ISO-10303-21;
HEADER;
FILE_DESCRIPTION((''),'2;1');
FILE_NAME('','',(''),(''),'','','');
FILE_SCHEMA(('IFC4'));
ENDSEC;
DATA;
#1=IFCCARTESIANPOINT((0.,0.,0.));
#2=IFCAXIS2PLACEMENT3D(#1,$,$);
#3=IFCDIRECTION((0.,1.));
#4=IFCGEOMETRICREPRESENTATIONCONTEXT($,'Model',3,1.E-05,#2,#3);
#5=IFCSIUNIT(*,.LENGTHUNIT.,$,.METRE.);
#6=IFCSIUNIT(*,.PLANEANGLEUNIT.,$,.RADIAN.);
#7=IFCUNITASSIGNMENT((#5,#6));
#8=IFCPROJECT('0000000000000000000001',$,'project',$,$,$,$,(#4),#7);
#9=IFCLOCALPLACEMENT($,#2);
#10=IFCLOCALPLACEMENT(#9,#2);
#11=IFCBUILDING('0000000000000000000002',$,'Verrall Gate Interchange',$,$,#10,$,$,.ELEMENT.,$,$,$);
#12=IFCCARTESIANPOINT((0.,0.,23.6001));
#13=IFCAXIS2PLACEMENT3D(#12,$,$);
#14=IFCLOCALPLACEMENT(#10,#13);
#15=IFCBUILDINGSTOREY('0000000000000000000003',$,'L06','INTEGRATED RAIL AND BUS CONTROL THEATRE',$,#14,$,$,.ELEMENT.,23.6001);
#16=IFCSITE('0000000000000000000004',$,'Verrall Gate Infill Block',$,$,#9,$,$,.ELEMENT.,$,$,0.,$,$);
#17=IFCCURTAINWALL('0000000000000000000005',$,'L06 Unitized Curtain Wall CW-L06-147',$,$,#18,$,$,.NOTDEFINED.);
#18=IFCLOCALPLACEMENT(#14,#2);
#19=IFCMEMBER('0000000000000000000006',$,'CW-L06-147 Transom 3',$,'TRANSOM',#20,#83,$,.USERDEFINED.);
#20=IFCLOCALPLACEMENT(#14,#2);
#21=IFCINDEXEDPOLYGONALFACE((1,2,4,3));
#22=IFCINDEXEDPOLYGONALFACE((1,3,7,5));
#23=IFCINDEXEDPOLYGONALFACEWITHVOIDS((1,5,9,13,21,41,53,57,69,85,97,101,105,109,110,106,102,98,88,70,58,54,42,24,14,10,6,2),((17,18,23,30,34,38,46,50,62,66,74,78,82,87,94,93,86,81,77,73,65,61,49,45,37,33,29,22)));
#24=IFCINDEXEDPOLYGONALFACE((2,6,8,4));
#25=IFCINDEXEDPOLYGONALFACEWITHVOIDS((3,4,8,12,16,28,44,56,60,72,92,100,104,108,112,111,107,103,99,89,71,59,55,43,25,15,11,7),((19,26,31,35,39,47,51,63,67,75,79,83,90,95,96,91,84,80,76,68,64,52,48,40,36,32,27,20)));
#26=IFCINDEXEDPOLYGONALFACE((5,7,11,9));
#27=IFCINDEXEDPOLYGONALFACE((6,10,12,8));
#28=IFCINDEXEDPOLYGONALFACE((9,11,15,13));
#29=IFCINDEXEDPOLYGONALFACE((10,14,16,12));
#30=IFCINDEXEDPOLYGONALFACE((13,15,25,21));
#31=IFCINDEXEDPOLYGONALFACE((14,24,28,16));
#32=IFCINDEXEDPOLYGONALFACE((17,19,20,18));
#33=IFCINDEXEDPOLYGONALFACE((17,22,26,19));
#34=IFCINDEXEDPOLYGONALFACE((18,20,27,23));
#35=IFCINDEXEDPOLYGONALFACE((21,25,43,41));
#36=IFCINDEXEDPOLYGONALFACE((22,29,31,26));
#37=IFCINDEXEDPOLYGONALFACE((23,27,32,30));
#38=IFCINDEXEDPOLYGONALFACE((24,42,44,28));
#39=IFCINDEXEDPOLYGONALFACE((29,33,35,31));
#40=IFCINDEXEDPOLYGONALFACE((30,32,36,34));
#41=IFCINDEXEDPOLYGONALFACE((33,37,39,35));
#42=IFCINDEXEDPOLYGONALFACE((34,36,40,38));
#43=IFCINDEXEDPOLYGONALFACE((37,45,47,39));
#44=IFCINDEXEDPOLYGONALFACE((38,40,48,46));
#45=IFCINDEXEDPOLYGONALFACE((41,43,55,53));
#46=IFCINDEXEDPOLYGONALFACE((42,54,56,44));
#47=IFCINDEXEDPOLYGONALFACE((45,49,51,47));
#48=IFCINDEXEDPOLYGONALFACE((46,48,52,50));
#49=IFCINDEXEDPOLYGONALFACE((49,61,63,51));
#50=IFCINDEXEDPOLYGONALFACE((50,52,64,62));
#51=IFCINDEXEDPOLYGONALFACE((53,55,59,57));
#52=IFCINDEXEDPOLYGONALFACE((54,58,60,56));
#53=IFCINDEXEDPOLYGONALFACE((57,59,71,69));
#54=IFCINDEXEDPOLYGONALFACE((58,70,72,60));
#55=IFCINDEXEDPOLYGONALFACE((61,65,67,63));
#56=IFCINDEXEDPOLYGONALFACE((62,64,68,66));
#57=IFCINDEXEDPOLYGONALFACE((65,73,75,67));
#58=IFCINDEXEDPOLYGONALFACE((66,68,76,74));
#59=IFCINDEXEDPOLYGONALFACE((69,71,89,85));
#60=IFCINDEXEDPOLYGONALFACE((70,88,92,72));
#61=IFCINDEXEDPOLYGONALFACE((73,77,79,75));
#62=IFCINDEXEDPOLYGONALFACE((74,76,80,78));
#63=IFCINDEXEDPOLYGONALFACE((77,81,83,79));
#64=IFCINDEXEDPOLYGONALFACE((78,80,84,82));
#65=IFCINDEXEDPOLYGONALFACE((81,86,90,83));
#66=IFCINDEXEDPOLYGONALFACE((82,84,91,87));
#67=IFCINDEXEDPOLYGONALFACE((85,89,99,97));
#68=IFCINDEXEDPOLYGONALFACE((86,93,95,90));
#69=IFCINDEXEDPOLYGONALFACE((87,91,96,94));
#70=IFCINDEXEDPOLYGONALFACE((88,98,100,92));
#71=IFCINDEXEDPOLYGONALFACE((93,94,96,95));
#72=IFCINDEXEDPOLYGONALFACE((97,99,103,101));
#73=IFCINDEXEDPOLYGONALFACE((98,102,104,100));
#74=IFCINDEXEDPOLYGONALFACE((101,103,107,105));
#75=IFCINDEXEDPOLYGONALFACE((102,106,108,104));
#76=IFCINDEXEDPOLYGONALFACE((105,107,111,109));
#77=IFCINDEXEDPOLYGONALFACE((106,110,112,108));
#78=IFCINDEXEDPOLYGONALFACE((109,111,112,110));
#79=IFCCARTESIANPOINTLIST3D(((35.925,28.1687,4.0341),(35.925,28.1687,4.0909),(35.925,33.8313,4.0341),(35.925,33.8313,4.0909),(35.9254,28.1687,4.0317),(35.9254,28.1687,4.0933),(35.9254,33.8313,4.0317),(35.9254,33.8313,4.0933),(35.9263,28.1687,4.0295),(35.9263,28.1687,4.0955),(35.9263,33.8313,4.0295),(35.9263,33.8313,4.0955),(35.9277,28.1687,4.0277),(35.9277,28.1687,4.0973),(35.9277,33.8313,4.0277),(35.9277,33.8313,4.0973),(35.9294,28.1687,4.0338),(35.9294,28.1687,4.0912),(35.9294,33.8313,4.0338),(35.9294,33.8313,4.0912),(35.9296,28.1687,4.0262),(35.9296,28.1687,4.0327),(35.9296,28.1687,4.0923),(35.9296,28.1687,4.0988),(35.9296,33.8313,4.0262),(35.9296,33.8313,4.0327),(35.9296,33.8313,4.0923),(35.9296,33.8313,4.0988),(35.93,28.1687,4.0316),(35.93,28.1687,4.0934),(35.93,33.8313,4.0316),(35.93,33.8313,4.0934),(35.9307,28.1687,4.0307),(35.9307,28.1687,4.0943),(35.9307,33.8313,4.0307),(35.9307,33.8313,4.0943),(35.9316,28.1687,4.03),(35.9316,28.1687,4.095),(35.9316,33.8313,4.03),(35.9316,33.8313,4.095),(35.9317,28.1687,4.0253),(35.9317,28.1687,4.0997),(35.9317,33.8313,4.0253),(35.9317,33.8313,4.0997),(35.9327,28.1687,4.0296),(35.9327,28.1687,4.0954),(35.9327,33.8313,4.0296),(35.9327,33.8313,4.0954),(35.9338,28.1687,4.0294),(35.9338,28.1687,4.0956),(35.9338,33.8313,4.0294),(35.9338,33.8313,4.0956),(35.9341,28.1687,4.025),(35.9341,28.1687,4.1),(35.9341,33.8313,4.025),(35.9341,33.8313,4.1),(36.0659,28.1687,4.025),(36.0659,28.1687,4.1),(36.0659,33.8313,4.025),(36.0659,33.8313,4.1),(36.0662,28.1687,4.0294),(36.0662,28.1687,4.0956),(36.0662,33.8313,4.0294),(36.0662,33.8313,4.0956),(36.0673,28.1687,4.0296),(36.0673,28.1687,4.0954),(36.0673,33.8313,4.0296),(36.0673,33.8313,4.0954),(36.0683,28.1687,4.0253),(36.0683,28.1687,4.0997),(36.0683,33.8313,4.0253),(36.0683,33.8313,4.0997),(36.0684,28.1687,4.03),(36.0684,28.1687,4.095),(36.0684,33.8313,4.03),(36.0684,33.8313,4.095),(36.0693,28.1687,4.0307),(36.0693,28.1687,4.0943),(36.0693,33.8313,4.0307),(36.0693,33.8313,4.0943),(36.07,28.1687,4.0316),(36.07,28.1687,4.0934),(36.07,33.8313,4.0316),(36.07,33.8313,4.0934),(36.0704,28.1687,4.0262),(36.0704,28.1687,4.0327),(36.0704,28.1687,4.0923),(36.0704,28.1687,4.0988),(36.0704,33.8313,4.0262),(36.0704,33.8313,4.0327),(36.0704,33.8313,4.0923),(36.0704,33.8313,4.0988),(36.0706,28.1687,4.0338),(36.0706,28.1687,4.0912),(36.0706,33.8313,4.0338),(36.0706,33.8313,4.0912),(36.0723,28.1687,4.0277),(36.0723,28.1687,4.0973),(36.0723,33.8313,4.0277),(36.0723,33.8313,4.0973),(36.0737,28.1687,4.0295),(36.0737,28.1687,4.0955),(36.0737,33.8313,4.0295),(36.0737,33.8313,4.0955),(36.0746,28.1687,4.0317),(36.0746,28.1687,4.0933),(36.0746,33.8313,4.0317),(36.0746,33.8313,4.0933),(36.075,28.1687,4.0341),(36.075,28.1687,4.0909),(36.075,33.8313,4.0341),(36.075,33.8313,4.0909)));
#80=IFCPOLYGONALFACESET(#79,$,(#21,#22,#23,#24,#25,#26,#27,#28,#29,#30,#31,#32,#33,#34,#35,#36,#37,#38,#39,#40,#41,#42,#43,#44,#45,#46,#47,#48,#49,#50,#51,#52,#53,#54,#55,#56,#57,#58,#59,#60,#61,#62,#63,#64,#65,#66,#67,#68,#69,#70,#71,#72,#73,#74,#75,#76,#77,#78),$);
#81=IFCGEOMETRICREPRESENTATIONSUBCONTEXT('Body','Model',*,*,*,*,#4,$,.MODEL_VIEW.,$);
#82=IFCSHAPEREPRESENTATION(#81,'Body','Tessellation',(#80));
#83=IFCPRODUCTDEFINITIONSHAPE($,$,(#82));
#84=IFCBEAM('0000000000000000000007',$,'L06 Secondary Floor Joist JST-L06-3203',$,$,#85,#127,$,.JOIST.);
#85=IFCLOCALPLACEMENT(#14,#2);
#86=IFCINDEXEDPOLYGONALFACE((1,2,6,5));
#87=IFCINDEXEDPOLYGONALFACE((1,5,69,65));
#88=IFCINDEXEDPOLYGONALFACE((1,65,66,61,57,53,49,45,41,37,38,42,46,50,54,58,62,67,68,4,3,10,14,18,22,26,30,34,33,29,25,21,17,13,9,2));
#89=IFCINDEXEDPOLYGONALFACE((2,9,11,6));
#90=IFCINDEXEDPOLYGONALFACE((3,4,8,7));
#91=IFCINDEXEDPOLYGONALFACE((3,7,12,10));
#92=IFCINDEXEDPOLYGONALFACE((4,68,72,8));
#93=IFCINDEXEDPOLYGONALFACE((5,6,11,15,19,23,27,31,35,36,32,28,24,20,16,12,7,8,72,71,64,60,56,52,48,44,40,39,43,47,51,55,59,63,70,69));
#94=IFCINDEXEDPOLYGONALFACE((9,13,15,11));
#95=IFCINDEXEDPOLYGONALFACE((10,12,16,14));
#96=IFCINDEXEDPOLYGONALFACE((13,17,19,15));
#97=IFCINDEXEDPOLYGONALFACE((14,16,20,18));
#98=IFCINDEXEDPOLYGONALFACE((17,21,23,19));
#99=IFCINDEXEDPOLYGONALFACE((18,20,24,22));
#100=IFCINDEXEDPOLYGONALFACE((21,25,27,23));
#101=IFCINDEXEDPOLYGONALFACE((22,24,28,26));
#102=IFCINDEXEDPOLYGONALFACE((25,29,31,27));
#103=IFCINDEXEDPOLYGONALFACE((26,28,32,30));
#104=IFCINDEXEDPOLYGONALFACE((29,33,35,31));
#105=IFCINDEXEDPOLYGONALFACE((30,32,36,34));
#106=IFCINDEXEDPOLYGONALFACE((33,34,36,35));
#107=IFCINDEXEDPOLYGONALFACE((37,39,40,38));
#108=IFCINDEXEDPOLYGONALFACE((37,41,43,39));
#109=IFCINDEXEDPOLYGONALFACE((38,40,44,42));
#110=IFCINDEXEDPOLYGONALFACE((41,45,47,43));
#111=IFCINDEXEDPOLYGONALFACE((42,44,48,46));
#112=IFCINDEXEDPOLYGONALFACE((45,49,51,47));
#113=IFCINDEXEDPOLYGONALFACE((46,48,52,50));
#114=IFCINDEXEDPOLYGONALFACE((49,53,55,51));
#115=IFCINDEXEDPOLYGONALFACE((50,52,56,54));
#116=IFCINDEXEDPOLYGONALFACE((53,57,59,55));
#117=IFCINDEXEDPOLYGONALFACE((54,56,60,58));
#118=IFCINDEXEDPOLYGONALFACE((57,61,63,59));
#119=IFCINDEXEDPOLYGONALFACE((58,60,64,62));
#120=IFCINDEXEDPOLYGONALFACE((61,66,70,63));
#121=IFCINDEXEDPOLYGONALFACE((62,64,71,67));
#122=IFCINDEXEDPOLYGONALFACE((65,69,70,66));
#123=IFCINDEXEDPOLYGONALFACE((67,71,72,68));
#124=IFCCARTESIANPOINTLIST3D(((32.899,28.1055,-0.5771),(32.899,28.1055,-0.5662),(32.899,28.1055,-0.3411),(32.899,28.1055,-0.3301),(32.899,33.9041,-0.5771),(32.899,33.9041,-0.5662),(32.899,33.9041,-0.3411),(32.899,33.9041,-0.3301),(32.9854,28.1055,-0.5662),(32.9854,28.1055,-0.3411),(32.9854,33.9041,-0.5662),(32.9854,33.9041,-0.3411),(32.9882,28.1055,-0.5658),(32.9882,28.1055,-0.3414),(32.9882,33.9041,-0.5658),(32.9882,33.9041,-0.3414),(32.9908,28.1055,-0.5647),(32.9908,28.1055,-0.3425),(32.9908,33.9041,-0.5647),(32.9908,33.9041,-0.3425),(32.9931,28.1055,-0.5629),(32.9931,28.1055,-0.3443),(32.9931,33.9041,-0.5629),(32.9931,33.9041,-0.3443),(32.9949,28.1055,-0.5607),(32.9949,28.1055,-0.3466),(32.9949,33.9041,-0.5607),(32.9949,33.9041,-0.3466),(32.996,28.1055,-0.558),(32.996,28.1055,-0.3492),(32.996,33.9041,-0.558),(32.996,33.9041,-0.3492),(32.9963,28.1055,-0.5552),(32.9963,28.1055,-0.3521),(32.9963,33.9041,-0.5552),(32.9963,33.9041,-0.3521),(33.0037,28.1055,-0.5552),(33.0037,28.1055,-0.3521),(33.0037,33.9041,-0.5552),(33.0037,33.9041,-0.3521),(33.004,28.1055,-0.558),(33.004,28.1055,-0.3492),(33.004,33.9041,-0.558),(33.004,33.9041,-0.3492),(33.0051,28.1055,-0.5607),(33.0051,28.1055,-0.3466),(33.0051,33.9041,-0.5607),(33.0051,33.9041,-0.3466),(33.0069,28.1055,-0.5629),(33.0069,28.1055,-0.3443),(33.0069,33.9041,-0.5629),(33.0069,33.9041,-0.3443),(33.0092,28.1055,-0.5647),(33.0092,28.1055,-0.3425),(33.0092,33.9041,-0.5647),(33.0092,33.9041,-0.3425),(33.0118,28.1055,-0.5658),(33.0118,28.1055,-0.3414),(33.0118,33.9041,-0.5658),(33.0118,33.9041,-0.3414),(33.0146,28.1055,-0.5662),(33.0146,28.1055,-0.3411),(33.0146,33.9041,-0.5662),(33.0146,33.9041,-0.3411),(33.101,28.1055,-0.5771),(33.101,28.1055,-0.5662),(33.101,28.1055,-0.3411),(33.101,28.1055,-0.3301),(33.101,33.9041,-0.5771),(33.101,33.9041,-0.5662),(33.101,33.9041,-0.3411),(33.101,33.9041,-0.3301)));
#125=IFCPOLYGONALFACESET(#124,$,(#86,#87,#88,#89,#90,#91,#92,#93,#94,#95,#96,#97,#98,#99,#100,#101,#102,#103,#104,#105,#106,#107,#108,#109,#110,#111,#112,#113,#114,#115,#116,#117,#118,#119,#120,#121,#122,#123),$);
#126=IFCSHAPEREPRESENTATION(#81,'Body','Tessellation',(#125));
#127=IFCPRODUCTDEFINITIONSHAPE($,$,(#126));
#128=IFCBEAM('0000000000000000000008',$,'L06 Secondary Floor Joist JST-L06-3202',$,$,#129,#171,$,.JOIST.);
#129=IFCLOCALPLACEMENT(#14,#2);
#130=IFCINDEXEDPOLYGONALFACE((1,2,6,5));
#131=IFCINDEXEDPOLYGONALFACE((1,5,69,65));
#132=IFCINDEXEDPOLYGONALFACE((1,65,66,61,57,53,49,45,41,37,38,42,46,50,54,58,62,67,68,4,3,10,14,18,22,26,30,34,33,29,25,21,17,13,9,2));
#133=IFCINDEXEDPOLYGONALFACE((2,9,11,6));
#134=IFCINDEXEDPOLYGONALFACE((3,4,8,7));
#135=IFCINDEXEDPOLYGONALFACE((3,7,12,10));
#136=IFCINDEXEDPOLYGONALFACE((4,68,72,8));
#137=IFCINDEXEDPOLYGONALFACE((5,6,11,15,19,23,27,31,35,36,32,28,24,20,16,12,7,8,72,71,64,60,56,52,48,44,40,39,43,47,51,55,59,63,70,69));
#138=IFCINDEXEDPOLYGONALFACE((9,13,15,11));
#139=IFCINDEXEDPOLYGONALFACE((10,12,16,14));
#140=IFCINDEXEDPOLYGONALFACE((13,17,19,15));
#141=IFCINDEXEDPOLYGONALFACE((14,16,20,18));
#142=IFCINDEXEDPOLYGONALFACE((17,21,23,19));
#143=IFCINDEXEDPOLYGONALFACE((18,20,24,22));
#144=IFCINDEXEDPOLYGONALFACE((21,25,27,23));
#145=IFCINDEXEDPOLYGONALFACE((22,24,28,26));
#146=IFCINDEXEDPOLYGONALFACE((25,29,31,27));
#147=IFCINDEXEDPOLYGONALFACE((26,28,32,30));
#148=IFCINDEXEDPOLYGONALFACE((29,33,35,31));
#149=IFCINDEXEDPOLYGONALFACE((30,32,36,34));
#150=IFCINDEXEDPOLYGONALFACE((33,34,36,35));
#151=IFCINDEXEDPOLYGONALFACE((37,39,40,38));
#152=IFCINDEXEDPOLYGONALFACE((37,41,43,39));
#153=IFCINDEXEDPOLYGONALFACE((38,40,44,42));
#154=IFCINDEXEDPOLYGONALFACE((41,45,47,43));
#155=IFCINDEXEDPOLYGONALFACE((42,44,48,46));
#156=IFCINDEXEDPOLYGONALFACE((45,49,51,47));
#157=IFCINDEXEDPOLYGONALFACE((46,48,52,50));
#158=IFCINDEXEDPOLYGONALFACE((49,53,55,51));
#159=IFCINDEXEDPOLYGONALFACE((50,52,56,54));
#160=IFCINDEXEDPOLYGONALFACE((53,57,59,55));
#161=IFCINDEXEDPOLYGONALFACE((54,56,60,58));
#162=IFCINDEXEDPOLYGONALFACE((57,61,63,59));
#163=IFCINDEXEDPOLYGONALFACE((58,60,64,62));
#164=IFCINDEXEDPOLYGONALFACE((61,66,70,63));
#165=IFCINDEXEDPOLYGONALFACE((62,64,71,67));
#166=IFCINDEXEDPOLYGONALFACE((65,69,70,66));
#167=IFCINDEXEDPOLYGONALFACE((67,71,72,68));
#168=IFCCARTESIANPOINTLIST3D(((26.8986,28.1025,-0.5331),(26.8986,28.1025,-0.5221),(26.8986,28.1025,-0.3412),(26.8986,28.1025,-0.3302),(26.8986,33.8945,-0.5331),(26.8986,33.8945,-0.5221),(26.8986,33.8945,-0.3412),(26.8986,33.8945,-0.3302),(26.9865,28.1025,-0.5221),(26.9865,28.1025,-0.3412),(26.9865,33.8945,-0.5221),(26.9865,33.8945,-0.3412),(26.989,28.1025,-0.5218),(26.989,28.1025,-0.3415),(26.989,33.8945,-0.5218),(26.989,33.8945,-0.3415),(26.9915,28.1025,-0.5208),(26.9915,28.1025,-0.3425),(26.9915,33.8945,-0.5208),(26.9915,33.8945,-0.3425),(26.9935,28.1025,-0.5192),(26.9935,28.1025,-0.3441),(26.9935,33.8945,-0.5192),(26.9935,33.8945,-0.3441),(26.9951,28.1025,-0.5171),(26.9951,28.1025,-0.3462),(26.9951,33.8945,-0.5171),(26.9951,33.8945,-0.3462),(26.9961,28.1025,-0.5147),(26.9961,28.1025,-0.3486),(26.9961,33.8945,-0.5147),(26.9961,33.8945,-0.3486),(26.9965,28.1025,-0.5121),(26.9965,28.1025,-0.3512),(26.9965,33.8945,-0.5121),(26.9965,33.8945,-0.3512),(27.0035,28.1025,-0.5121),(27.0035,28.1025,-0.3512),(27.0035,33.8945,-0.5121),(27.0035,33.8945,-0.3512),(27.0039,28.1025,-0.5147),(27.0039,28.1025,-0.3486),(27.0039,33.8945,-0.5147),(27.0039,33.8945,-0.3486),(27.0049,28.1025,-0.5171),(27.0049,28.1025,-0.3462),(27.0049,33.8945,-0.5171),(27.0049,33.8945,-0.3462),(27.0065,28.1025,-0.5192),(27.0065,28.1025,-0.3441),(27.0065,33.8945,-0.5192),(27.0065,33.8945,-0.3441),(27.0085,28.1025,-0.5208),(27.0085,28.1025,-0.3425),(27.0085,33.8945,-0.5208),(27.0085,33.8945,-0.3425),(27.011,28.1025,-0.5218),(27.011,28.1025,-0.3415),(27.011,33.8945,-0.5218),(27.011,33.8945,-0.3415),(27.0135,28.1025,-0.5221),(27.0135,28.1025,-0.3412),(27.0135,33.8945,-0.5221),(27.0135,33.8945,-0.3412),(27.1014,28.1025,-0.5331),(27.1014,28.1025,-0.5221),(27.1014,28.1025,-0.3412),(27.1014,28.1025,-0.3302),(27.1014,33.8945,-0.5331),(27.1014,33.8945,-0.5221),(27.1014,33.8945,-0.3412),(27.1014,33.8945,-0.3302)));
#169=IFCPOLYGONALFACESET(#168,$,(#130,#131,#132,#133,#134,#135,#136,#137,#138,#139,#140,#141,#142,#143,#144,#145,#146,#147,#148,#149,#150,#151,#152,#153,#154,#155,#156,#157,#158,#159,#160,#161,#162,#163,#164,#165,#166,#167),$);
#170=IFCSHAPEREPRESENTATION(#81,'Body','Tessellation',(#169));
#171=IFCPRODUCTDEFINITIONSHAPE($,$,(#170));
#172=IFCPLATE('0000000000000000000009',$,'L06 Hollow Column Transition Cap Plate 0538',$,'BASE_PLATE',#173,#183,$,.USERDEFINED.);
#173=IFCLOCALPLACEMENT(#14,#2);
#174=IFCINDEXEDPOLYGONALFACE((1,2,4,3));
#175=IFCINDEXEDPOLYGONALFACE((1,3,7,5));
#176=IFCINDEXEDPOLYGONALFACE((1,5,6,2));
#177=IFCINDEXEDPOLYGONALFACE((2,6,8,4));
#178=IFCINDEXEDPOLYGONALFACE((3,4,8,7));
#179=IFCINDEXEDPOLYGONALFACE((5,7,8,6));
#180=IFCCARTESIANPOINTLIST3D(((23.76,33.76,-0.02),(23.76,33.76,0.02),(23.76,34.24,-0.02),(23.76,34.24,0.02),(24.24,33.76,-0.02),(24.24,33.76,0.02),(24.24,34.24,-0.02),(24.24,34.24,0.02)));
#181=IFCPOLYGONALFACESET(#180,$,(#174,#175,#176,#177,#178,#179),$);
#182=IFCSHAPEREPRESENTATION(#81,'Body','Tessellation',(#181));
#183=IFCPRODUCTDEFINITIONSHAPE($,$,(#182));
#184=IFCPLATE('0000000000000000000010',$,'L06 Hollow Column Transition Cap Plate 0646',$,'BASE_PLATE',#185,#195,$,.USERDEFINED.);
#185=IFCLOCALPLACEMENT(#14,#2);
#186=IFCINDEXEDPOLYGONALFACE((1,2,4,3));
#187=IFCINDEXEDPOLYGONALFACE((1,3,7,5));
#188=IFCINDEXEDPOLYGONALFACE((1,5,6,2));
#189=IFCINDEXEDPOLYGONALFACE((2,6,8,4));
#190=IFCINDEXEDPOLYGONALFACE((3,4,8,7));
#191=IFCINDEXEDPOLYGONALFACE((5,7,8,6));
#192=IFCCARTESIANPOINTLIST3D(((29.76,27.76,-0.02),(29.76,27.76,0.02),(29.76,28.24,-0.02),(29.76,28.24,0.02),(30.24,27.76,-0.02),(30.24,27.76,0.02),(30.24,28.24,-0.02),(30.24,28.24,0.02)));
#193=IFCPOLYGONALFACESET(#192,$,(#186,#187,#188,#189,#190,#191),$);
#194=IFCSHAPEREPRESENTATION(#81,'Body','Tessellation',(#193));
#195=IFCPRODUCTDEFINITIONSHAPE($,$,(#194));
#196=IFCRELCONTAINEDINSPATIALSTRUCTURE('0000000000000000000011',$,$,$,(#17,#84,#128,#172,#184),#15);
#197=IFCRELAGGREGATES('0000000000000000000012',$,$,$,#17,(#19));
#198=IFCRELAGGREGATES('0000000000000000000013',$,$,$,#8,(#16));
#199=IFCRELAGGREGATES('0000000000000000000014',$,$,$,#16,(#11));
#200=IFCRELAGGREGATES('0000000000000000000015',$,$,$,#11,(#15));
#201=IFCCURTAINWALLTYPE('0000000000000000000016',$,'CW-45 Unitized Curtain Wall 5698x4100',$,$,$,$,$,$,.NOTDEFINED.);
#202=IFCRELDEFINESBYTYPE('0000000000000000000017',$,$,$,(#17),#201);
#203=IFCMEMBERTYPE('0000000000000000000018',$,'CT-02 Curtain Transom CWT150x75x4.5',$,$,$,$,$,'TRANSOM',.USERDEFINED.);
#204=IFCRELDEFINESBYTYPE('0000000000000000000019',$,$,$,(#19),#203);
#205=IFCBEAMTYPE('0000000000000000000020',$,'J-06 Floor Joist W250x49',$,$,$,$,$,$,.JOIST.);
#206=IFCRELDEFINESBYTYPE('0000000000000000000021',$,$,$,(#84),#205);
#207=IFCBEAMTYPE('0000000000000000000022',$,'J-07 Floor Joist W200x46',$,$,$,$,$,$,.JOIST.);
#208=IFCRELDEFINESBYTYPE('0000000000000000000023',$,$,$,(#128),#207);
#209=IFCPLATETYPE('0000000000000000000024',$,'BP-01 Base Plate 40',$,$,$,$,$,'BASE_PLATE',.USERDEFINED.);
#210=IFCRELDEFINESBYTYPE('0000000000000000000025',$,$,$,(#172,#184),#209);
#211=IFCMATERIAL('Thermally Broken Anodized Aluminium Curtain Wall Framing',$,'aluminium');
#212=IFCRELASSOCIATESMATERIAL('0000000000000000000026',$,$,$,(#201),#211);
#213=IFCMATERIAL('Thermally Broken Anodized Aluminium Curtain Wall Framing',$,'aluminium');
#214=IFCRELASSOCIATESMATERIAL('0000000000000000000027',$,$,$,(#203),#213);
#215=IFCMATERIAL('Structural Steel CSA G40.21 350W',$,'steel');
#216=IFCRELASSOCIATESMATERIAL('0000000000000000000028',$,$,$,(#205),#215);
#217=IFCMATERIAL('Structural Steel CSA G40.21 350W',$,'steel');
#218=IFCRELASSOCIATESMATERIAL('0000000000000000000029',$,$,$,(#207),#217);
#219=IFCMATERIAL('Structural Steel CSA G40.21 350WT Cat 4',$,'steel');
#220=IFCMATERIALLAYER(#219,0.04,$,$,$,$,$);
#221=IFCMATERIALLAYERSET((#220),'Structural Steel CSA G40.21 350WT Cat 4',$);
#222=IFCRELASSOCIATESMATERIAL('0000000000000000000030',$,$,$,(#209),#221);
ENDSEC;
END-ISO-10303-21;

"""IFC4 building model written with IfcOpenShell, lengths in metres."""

from ifc_helpers import new_model, si_unit, direction, frame, origin, origin_2d, place, context, subcontext, project, spatial, rectangle, hollow_rectangle, i_section, extrude, material, layer, layer_set, material_profile, profile_set, type_object, element, aggregate, save


model = new_model("IFC4")

# Units and contexts
model_context = context("Model", 3, precision=1e-05, world=origin(), true_north=direction((0.0, 1.0)))
body_context = subcontext(model_context, "Body", "Model", "MODEL_VIEW")
ifc_project = project(units=[si_unit("LENGTHUNIT", "METRE"), si_unit("PLANEANGLEUNIT", "RADIAN")], contexts=[model_context])

# Site, building, storey
site_placement = place(None, origin())
site = spatial("IfcSite", under=ifc_project, at=site_placement, Name="Verrall Gate Infill Block", CompositionType="ELEMENT", RefElevation=0.0)
building_placement = place(site_placement, origin())
building = spatial("IfcBuilding", under=site, at=building_placement, Name="Verrall Gate Interchange", CompositionType="ELEMENT")
storey_placement = place(building_placement, frame((0.0, 0.0, 23.6001)))
storey = spatial("IfcBuildingStorey", under=building, at=storey_placement, Name="L06", Description="INTEGRATED RAIL AND BUS CONTROL THEATRE", CompositionType="ELEMENT", Elevation=23.6001)

# Curtain wall, member
ifc_material_1 = material(Name="Thermally Broken Anodized Aluminium Curtain Wall Framing", Category="aluminium")
curtain_wall_type = type_object("IfcCurtainWallType", Name="CW-45 Unitized Curtain Wall 5698x4100", PredefinedType="NOTDEFINED", material=ifc_material_1)
curtain_wall_1_placement = place(storey_placement, origin())
curtain_wall_1 = element("IfcCurtainWall", 1, at=curtain_wall_1_placement, inside=storey, type_object=curtain_wall_type, Name="L06 Unitized Curtain Wall CW-L06-147", PredefinedType="NOTDEFINED")
ifc_material_2 = material(Name="Thermally Broken Anodized Aluminium Curtain Wall Framing", Category="aluminium")
ifc_material_profile_1 = material_profile(ifc_material_2, hollow_rectangle(XDim=0.1499, YDim=0.075, WallThickness=0.0044, InnerFilletRadius=0.0044, OuterFilletRadius=0.009, at=origin_2d()), Name="CWT150x75x4.5")
ifc_profile_set_1 = profile_set([ifc_material_profile_1], Name="Thermally Broken Anodized Aluminium Curtain Wall Framing")
member_type_1 = type_object("IfcMemberType", Name="CT-02 Curtain Transom CWT150x75x4.5", ElementType="TRANSOM", PredefinedType="USERDEFINED", material=ifc_profile_set_1)
member_1_placement = place(storey_placement, frame((36.0, 28.1687, 4.0625), z_axis=(0.0, 1.0, 0.0), x_axis=(-1.0, 0.0, 0.0)))
member_1 = element("IfcMember", 2, at=member_1_placement, type_object=member_type_1, Name="CW-L06-147 Transom 3", ObjectType="TRANSOM", PredefinedType="USERDEFINED", context=body_context, shape_type="SweptSolid", body=[
    extrude(hollow_rectangle(XDim=0.1499, YDim=0.075, WallThickness=0.0044, InnerFilletRadius=0.0044, OuterFilletRadius=0.009, at=origin_2d()), origin(), (0.0, 0.0, 1.0), 5.6626),
])

# Beams
ifc_material_3 = material(Name="Structural Steel CSA G40.21 350W", Category="steel")
ifc_material_profile_2 = material_profile(ifc_material_3, i_section(OverallWidth=0.2019, OverallDepth=0.2471, WebThickness=0.0073, FlangeThickness=0.011, FilletRadius=0.011, at=origin_2d()), Name="W250x49")
ifc_profile_set_2 = profile_set([ifc_material_profile_2], Name="Structural Steel CSA G40.21 350W")
beam_type_1 = type_object("IfcBeamType", Name="J-06 Floor Joist W250x49", PredefinedType="JOIST", material=ifc_profile_set_2)
beam_1_placement = place(storey_placement, frame((33.0, 28.1055, -0.4536), z_axis=(0.0, 1.0, 0.0), x_axis=(-1.0, 0.0, 0.0)))
element("IfcBeam", 3, at=beam_1_placement, inside=storey, type_object=beam_type_1, Name="L06 Secondary Floor Joist JST-L06-3203", PredefinedType="JOIST", context=body_context, shape_type="SweptSolid", body=[
    extrude(i_section(OverallWidth=0.2019, OverallDepth=0.2471, WebThickness=0.0073, FlangeThickness=0.011, FilletRadius=0.011, at=origin_2d()), origin(), (0.0, 0.0, 1.0), 5.7986),
])
ifc_material_4 = material(Name="Structural Steel CSA G40.21 350W", Category="steel")
ifc_material_profile_3 = material_profile(ifc_material_4, i_section(OverallWidth=0.2029, OverallDepth=0.2029, WebThickness=0.0071, FlangeThickness=0.011, FilletRadius=0.01, at=origin_2d()), Name="W200x46")
ifc_profile_set_3 = profile_set([ifc_material_profile_3], Name="Structural Steel CSA G40.21 350W")
beam_type_2 = type_object("IfcBeamType", Name="J-07 Floor Joist W200x46", PredefinedType="JOIST", material=ifc_profile_set_3)
beam_2_placement = place(storey_placement, frame((27.0, 28.1025, -0.4316), z_axis=(0.0, 1.0, 0.0), x_axis=(-1.0, 0.0, 0.0)))
element("IfcBeam", 4, at=beam_2_placement, inside=storey, type_object=beam_type_2, Name="L06 Secondary Floor Joist JST-L06-3202", PredefinedType="JOIST", context=body_context, shape_type="SweptSolid", body=[
    extrude(i_section(OverallWidth=0.2029, OverallDepth=0.2029, WebThickness=0.0071, FlangeThickness=0.011, FilletRadius=0.01, at=origin_2d()), origin(), (0.0, 0.0, 1.0), 5.792),
])

# Plates
ifc_material_5 = material(Name="Structural Steel CSA G40.21 350WT Cat 4", Category="steel")
ifc_layer_1 = layer(ifc_material_5, 0.04)
ifc_layer_set_1 = layer_set([ifc_layer_1], Name="Structural Steel CSA G40.21 350WT Cat 4")
plate_type_1 = type_object("IfcPlateType", Name="BP-01 Base Plate 40", ElementType="BASE_PLATE", PredefinedType="USERDEFINED", material=ifc_layer_set_1)
for number, where, z_axis, x_axis, name in (
    (5, (24.0, 34.0, -0.02), (0.0, 0.0, 1.0), (1.0, 0.0, 0.0), "L06 Hollow Column Transition Cap Plate 0538"),
    (6, (30.0, 28.0, -0.02), (0.0, 0.0, 1.0), (1.0, 0.0, 0.0), "L06 Hollow Column Transition Cap Plate 0646"),
):
    element("IfcPlate", number, at=place(storey_placement, frame(where, z_axis=z_axis, x_axis=x_axis)), inside=storey, type_object=plate_type_1, Name=name, ObjectType="BASE_PLATE", PredefinedType="USERDEFINED", context=body_context, shape_type="SweptSolid", body=[
        extrude(rectangle(XDim=0.48, YDim=0.48, at=origin_2d()), origin(), (0.0, 0.0, 1.0), 0.04),
    ])

aggregate(curtain_wall_1, [member_1])

save(model, "model.ifc")
